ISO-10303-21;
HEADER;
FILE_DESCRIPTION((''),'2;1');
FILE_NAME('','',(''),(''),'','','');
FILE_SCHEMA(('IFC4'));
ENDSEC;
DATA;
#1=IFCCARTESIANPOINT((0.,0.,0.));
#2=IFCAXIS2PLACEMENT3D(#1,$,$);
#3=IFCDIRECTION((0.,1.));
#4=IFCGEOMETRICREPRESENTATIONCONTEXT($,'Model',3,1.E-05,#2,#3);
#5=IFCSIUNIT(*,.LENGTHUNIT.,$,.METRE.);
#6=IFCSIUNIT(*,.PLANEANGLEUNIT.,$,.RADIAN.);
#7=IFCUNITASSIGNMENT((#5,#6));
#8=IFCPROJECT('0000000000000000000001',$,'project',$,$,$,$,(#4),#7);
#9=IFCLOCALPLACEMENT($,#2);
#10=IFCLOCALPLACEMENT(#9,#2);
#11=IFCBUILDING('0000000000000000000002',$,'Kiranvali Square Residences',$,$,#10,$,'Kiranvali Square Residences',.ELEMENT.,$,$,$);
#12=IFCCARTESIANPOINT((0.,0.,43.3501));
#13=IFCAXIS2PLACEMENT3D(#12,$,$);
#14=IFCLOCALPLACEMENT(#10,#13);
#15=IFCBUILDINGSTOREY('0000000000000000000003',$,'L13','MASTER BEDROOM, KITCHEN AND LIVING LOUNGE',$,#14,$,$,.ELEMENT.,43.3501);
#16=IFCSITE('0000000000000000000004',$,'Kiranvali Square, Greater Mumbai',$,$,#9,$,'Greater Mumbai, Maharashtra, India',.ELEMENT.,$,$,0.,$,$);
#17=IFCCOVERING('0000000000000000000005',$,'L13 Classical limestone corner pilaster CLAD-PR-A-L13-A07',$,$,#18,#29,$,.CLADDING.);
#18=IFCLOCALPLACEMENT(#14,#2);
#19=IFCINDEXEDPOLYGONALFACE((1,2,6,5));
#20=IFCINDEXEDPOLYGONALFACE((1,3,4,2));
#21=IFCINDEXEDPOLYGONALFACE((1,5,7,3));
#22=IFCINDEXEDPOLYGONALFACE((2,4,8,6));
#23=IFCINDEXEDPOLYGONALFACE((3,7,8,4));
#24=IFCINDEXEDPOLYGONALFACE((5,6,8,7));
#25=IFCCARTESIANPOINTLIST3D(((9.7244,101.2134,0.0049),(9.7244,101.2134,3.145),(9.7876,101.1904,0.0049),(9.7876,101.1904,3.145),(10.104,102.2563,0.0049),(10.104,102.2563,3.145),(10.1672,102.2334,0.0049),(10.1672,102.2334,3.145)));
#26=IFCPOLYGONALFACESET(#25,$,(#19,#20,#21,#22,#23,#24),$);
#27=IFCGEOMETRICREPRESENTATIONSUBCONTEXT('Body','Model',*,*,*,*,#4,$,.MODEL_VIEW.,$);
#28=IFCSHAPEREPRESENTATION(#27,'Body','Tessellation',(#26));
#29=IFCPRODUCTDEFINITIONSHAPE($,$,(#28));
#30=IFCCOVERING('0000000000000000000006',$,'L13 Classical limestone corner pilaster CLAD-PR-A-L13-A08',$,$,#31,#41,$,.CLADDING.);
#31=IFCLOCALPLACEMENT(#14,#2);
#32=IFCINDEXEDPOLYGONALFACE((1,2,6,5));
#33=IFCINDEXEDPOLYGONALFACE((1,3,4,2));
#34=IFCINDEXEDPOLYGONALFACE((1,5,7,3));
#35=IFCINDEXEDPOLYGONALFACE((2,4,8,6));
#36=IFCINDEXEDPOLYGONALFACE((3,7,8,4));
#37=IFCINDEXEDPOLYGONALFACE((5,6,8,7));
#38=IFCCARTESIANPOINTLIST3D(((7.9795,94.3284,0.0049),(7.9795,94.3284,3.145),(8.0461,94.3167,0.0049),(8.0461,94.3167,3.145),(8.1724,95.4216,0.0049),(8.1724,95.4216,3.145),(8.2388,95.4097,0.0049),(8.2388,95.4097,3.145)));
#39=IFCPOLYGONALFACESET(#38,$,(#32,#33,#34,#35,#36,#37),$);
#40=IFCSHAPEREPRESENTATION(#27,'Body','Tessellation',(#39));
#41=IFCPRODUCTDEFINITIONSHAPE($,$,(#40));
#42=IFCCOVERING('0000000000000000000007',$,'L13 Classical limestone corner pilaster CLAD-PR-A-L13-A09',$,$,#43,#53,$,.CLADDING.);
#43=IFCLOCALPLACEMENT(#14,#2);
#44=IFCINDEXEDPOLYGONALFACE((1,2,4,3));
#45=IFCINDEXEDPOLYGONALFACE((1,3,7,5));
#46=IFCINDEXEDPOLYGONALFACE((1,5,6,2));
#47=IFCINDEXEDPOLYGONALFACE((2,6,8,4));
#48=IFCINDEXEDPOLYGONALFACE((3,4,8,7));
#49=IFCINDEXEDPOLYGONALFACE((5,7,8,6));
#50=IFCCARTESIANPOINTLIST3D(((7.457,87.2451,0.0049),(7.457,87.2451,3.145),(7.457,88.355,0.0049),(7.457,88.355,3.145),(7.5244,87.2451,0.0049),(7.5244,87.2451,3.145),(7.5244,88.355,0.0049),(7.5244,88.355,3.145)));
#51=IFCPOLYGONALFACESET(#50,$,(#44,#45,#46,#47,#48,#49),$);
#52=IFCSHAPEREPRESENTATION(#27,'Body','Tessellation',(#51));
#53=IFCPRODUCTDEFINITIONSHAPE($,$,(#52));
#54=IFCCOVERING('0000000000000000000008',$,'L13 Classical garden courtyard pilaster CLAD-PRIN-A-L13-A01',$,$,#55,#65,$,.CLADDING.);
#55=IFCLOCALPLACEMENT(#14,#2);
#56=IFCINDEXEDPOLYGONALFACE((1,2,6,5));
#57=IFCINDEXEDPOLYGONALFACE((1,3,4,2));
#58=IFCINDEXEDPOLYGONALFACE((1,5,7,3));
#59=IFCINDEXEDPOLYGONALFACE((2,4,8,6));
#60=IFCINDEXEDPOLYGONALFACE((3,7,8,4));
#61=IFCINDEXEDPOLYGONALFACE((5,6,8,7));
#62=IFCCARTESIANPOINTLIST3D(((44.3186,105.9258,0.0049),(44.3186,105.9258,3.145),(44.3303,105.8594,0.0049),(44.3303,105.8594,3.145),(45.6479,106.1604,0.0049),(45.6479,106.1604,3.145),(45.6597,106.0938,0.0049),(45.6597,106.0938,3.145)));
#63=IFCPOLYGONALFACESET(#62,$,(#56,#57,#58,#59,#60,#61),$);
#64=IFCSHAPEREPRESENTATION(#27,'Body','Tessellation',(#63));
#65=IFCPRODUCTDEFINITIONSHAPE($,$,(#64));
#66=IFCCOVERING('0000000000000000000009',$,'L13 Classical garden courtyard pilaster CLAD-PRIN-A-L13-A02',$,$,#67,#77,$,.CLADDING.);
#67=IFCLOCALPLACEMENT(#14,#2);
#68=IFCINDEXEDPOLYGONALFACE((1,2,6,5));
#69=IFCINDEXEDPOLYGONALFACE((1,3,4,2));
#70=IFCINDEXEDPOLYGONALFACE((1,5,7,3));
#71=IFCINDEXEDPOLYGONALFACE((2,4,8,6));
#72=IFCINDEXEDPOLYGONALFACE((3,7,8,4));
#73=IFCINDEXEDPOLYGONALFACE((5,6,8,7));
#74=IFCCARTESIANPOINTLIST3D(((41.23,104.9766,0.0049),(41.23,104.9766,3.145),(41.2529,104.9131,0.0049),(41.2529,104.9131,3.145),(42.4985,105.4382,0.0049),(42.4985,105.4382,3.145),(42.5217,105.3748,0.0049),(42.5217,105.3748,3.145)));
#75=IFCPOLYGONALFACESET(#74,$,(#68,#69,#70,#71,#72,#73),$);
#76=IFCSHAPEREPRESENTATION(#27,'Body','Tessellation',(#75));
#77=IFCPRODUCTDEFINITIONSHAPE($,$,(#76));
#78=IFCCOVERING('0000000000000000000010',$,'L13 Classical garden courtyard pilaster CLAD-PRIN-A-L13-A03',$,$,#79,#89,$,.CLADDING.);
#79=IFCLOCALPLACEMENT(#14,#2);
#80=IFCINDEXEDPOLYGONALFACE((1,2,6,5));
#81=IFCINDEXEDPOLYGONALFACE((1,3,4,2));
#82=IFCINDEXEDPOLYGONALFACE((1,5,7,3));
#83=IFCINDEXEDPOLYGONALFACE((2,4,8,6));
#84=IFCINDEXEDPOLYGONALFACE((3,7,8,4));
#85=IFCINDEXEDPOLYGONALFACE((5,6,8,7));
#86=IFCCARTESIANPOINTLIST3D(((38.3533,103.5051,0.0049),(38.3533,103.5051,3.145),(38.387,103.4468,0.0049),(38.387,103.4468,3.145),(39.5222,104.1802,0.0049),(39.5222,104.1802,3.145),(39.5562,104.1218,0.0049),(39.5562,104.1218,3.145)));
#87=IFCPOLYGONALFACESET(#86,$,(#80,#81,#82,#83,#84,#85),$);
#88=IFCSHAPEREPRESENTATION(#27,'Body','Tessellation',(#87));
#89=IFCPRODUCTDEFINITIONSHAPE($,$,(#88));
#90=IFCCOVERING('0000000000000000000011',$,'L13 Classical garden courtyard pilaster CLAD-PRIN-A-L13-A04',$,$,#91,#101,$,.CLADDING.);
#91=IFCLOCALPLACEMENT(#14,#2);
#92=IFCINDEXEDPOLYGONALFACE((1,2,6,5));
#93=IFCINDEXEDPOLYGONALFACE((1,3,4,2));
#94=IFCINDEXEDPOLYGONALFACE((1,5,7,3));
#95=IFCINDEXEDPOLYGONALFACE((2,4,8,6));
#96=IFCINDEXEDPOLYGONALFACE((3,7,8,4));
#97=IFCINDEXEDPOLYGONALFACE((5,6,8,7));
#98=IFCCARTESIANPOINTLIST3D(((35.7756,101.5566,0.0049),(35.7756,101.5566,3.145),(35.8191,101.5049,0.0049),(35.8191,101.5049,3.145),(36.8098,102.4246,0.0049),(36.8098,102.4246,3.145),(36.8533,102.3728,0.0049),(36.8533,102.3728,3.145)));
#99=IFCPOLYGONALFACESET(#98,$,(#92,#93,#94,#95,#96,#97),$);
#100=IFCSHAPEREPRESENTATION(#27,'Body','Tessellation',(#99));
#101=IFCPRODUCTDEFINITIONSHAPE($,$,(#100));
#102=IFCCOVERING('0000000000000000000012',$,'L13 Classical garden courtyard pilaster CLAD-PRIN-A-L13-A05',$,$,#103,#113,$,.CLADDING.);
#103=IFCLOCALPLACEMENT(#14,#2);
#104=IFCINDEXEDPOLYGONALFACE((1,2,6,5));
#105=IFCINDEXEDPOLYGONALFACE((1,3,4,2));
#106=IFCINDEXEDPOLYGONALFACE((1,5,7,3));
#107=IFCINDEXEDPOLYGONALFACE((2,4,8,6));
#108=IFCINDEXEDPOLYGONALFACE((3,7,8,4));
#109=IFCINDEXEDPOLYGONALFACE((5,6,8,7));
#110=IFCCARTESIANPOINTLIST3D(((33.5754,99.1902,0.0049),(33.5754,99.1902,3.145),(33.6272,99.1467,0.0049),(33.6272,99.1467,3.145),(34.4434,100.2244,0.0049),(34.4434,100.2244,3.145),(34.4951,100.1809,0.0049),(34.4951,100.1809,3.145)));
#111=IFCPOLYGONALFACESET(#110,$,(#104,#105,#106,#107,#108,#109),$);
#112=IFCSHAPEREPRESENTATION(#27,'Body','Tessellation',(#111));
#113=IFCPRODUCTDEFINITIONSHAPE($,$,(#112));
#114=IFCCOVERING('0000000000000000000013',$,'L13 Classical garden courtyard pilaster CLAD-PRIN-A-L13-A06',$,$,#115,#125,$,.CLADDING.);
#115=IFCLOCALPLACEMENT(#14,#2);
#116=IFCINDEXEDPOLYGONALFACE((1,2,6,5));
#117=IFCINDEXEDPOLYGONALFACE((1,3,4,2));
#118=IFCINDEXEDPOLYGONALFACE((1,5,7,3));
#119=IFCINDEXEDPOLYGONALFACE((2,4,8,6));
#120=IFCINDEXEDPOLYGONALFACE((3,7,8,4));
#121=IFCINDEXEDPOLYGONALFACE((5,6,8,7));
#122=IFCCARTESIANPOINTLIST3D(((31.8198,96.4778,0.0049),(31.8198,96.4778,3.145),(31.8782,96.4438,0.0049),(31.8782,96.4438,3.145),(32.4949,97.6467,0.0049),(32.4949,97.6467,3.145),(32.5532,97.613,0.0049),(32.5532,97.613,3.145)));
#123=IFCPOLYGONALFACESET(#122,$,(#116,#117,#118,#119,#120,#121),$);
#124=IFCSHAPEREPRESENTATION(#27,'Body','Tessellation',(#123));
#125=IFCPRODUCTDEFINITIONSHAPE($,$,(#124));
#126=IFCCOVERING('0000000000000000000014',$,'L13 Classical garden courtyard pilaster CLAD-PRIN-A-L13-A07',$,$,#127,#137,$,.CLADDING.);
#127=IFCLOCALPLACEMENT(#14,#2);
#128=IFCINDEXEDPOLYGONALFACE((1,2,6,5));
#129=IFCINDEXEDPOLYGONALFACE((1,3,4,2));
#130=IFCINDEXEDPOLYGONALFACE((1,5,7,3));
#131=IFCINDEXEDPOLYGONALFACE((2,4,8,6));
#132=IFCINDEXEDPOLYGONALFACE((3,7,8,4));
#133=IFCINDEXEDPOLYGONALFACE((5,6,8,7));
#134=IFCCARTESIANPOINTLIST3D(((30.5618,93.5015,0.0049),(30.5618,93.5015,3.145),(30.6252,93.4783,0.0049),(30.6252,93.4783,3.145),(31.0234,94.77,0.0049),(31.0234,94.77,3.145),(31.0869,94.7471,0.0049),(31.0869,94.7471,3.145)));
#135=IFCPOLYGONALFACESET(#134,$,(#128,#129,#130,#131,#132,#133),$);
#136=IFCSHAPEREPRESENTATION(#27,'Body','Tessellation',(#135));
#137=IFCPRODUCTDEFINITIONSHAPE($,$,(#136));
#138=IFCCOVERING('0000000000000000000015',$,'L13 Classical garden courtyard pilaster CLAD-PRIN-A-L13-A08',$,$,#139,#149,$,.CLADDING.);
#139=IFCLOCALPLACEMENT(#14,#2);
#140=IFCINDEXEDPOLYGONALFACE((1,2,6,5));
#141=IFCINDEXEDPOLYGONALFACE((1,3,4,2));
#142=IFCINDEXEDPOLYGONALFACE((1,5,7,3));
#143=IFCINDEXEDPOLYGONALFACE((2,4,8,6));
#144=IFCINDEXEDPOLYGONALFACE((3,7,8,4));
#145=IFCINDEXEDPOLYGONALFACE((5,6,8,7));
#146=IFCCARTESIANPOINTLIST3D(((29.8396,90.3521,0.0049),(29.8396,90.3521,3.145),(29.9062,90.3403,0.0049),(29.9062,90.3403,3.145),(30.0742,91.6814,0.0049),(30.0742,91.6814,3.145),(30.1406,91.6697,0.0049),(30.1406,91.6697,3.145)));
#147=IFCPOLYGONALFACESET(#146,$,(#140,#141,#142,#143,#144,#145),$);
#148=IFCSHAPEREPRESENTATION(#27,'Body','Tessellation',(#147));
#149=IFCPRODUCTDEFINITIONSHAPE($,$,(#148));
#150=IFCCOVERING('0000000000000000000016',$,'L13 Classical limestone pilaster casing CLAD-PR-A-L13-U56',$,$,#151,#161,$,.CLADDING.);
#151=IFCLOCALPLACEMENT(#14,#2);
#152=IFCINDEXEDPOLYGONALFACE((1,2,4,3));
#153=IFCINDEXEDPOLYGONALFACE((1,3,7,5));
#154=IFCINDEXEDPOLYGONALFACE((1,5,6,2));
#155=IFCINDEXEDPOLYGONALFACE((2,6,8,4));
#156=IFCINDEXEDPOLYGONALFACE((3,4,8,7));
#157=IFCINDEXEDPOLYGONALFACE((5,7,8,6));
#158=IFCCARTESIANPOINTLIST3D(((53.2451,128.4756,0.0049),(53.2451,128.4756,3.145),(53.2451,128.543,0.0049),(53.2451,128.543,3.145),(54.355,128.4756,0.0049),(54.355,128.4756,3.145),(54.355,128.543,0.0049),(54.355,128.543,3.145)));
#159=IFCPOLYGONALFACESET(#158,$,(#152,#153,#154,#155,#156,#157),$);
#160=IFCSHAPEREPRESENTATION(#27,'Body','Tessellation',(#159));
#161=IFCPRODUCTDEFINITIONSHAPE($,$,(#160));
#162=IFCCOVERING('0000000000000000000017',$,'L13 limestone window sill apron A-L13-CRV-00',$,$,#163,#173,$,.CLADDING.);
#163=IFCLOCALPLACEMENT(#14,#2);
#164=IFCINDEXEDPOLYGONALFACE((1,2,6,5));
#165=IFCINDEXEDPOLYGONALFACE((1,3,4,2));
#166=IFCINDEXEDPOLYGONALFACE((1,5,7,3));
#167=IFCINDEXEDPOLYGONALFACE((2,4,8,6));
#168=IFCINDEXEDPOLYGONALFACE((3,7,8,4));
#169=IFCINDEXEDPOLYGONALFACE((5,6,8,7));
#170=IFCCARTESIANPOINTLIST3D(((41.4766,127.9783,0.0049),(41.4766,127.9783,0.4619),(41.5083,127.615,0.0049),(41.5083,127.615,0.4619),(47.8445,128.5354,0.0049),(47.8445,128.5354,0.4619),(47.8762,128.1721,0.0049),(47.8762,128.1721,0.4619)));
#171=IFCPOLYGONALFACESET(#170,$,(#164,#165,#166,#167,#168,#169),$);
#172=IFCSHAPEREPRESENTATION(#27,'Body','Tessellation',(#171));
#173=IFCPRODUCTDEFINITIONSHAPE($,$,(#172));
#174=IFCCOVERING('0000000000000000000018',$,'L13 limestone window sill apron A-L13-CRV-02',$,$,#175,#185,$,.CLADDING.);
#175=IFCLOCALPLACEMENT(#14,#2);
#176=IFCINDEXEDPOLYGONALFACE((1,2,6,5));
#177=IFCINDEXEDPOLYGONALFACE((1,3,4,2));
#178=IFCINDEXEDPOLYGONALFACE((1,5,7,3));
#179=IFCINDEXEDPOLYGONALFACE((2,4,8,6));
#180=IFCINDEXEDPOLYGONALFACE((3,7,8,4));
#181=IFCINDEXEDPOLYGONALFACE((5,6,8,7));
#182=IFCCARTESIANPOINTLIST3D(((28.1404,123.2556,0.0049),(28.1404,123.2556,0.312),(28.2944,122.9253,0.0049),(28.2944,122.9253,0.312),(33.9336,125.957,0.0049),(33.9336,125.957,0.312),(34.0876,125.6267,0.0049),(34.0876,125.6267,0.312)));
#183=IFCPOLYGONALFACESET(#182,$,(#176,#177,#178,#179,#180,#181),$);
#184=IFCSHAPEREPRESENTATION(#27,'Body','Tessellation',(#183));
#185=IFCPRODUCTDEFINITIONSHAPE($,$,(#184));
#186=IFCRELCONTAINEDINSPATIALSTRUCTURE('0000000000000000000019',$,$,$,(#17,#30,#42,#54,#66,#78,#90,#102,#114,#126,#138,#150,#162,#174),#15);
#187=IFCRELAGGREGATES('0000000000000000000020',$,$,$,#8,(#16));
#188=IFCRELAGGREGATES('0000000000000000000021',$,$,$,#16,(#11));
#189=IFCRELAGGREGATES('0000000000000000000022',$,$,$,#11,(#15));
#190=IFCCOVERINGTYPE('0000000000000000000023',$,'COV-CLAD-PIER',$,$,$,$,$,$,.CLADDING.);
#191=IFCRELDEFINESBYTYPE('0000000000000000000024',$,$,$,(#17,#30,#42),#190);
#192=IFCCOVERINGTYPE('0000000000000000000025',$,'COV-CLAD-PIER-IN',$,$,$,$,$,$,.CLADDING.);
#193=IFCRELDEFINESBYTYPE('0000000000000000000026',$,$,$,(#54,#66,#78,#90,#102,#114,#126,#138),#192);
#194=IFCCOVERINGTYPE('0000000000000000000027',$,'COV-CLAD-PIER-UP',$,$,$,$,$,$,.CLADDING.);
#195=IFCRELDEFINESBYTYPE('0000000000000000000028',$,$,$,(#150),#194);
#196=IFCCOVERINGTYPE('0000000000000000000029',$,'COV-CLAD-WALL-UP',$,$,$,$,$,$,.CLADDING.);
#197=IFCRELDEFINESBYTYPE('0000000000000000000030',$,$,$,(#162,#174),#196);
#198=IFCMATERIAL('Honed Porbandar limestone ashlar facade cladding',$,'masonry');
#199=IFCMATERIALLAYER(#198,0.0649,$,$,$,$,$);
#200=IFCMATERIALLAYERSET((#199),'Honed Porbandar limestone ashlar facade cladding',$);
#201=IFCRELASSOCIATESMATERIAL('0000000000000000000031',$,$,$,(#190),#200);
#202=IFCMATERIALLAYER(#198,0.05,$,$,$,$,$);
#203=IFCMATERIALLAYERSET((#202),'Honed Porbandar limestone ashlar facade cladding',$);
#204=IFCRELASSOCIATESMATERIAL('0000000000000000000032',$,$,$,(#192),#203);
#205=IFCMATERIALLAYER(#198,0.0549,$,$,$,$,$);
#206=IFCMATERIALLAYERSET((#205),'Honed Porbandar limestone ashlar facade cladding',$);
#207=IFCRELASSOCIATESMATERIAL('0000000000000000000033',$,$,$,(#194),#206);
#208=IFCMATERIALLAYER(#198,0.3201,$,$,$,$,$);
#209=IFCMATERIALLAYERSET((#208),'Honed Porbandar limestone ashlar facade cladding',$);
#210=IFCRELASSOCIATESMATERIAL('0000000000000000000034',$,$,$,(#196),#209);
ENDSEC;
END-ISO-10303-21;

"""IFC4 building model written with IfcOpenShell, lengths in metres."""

from ifc_helpers import new_model, si_unit, direction, frame, origin, place, context, subcontext, project, spatial, polyline, outline, extrude, material, layer, layer_set, type_object, element, save


model = new_model("IFC4")

# Units and contexts
model_context = context("Model", 3, precision=1e-05, world=origin(), true_north=direction((0.0, 1.0)))
body_context = subcontext(model_context, "Body", "Model", "MODEL_VIEW")
ifc_project = project(units=[si_unit("LENGTHUNIT", "METRE"), si_unit("PLANEANGLEUNIT", "RADIAN")], contexts=[model_context])

# Site, building, storey
site_placement = place(None, origin())
site = spatial("IfcSite", under=ifc_project, at=site_placement, Name="Kiranvali Square, Greater Mumbai", LongName="Greater Mumbai, Maharashtra, India", CompositionType="ELEMENT", RefElevation=0.0)
building_placement = place(site_placement, origin())
building = spatial("IfcBuilding", under=site, at=building_placement, Name="Kiranvali Square Residences", LongName="Kiranvali Square Residences", CompositionType="ELEMENT")
storey_placement = place(building_placement, frame((0.0, 0.0, 43.3501)))
storey = spatial("IfcBuildingStorey", under=building, at=storey_placement, Name="L13", Description="MASTER BEDROOM, KITCHEN AND LIVING LOUNGE", CompositionType="ELEMENT", Elevation=43.3501)

# Coverings
ifc_material = material(Name="Honed Porbandar limestone ashlar facade cladding", Category="masonry")
ifc_layer_1 = layer(ifc_material, 0.0649)
ifc_layer_set_1 = layer_set([ifc_layer_1], Name="Honed Porbandar limestone ashlar facade cladding")
covering_type_1 = type_object("IfcCoveringType", Name="COV-CLAD-PIER", PredefinedType="CLADDING", material=ifc_layer_set_1)
covering_1_placement = place(storey_placement, frame((0.0, 0.0, 0.0049)))
element("IfcCovering", 1, at=covering_1_placement, inside=storey, type_object=covering_type_1, Name="L13 Classical limestone corner pilaster CLAD-PR-A-L13-A07", PredefinedType="CLADDING", context=body_context, shape_type="SweptSolid", body=[
    extrude(outline(polyline([(10.104, 102.2563), (9.7244, 101.2134), (9.7876, 101.1904), (10.1672, 102.2334), (10.104, 102.2563)])), origin(), (0.0, 0.0, 1.0), 3.1401),
])
covering_2_placement = place(storey_placement, frame((0.0, 0.0, 0.0049)))
element("IfcCovering", 2, at=covering_2_placement, inside=storey, type_object=covering_type_1, Name="L13 Classical limestone corner pilaster CLAD-PR-A-L13-A08", PredefinedType="CLADDING", context=body_context, shape_type="SweptSolid", body=[
    extrude(outline(polyline([(8.1724, 95.4216), (7.9795, 94.3284), (8.0461, 94.3167), (8.2388, 95.4097), (8.1724, 95.4216)])), origin(), (0.0, 0.0, 1.0), 3.1401),
])
covering_3_placement = place(storey_placement, frame((0.0, 0.0, 0.0049)))
element("IfcCovering", 3, at=covering_3_placement, inside=storey, type_object=covering_type_1, Name="L13 Classical limestone corner pilaster CLAD-PR-A-L13-A09", PredefinedType="CLADDING", context=body_context, shape_type="SweptSolid", body=[
    extrude(outline(polyline([(7.457, 88.355), (7.457, 87.2451), (7.5244, 87.2451), (7.5244, 88.355), (7.457, 88.355)])), origin(), (0.0, 0.0, 1.0), 3.1401),
])
ifc_layer_2 = layer(ifc_material, 0.05)
ifc_layer_set_2 = layer_set([ifc_layer_2], Name="Honed Porbandar limestone ashlar facade cladding")
covering_type_2 = type_object("IfcCoveringType", Name="COV-CLAD-PIER-IN", PredefinedType="CLADDING", material=ifc_layer_set_2)
covering_4_placement = place(storey_placement, frame((0.0, 0.0, 0.0049)))
element("IfcCovering", 4, at=covering_4_placement, inside=storey, type_object=covering_type_2, Name="L13 Classical garden courtyard pilaster CLAD-PRIN-A-L13-A01", PredefinedType="CLADDING", context=body_context, shape_type="SweptSolid", body=[
    extrude(outline(polyline([(44.3303, 105.8594), (45.6597, 106.0938), (45.6479, 106.1604), (44.3186, 105.9258), (44.3303, 105.8594)])), origin(), (0.0, 0.0, 1.0), 3.1401),
])
covering_5_placement = place(storey_placement, frame((0.0, 0.0, 0.0049)))
element("IfcCovering", 5, at=covering_5_placement, inside=storey, type_object=covering_type_2, Name="L13 Classical garden courtyard pilaster CLAD-PRIN-A-L13-A02", PredefinedType="CLADDING", context=body_context, shape_type="SweptSolid", body=[
    extrude(outline(polyline([(41.2529, 104.9131), (42.5217, 105.3748), (42.4985, 105.4382), (41.23, 104.9766), (41.2529, 104.9131)])), origin(), (0.0, 0.0, 1.0), 3.1401),
])
covering_6_placement = place(storey_placement, frame((0.0, 0.0, 0.0049)))
element("IfcCovering", 6, at=covering_6_placement, inside=storey, type_object=covering_type_2, Name="L13 Classical garden courtyard pilaster CLAD-PRIN-A-L13-A03", PredefinedType="CLADDING", context=body_context, shape_type="SweptSolid", body=[
    extrude(outline(polyline([(38.387, 103.4468), (39.5562, 104.1218), (39.5222, 104.1802), (38.3533, 103.5051), (38.387, 103.4468)])), origin(), (0.0, 0.0, 1.0), 3.1401),
])
covering_7_placement = place(storey_placement, frame((0.0, 0.0, 0.0049)))
element("IfcCovering", 7, at=covering_7_placement, inside=storey, type_object=covering_type_2, Name="L13 Classical garden courtyard pilaster CLAD-PRIN-A-L13-A04", PredefinedType="CLADDING", context=body_context, shape_type="SweptSolid", body=[
    extrude(outline(polyline([(35.8191, 101.5049), (36.8533, 102.3728), (36.8098, 102.4246), (35.7756, 101.5566), (35.8191, 101.5049)])), origin(), (0.0, 0.0, 1.0), 3.1401),
])
covering_8_placement = place(storey_placement, frame((0.0, 0.0, 0.0049)))
element("IfcCovering", 8, at=covering_8_placement, inside=storey, type_object=covering_type_2, Name="L13 Classical garden courtyard pilaster CLAD-PRIN-A-L13-A05", PredefinedType="CLADDING", context=body_context, shape_type="SweptSolid", body=[
    extrude(outline(polyline([(33.6272, 99.1467), (34.4951, 100.1809), (34.4434, 100.2244), (33.5754, 99.1902), (33.6272, 99.1467)])), origin(), (0.0, 0.0, 1.0), 3.1401),
])
covering_9_placement = place(storey_placement, frame((0.0, 0.0, 0.0049)))
element("IfcCovering", 9, at=covering_9_placement, inside=storey, type_object=covering_type_2, Name="L13 Classical garden courtyard pilaster CLAD-PRIN-A-L13-A06", PredefinedType="CLADDING", context=body_context, shape_type="SweptSolid", body=[
    extrude(outline(polyline([(31.8782, 96.4438), (32.5532, 97.613), (32.4949, 97.6467), (31.8198, 96.4778), (31.8782, 96.4438)])), origin(), (0.0, 0.0, 1.0), 3.1401),
])
covering_10_placement = place(storey_placement, frame((0.0, 0.0, 0.0049)))
element("IfcCovering", 10, at=covering_10_placement, inside=storey, type_object=covering_type_2, Name="L13 Classical garden courtyard pilaster CLAD-PRIN-A-L13-A07", PredefinedType="CLADDING", context=body_context, shape_type="SweptSolid", body=[
    extrude(outline(polyline([(30.6252, 93.4783), (31.0869, 94.7471), (31.0234, 94.77), (30.5618, 93.5015), (30.6252, 93.4783)])), origin(), (0.0, 0.0, 1.0), 3.1401),
])
covering_11_placement = place(storey_placement, frame((0.0, 0.0, 0.0049)))
element("IfcCovering", 11, at=covering_11_placement, inside=storey, type_object=covering_type_2, Name="L13 Classical garden courtyard pilaster CLAD-PRIN-A-L13-A08", PredefinedType="CLADDING", context=body_context, shape_type="SweptSolid", body=[
    extrude(outline(polyline([(29.9062, 90.3403), (30.1406, 91.6697), (30.0742, 91.6814), (29.8396, 90.3521), (29.9062, 90.3403)])), origin(), (0.0, 0.0, 1.0), 3.1401),
])
ifc_layer_3 = layer(ifc_material, 0.0549)
ifc_layer_set_3 = layer_set([ifc_layer_3], Name="Honed Porbandar limestone ashlar facade cladding")
covering_type_3 = type_object("IfcCoveringType", Name="COV-CLAD-PIER-UP", PredefinedType="CLADDING", material=ifc_layer_set_3)
covering_12_placement = place(storey_placement, frame((0.0, 0.0, 0.0049)))
element("IfcCovering", 12, at=covering_12_placement, inside=storey, type_object=covering_type_3, Name="L13 Classical limestone pilaster casing CLAD-PR-A-L13-U56", PredefinedType="CLADDING", context=body_context, shape_type="SweptSolid", body=[
    extrude(outline(polyline([(53.2451, 128.4756), (54.355, 128.4756), (54.355, 128.543), (53.2451, 128.543), (53.2451, 128.4756)])), origin(), (0.0, 0.0, 1.0), 3.1401),
])
ifc_layer_4 = layer(ifc_material, 0.3201)
ifc_layer_set_4 = layer_set([ifc_layer_4], Name="Honed Porbandar limestone ashlar facade cladding")
covering_type_4 = type_object("IfcCoveringType", Name="COV-CLAD-WALL-UP", PredefinedType="CLADDING", material=ifc_layer_set_4)
covering_13_placement = place(storey_placement, frame((0.0, 0.0, 0.0049)))
element("IfcCovering", 13, at=covering_13_placement, inside=storey, type_object=covering_type_4, Name="L13 limestone window sill apron A-L13-CRV-00", PredefinedType="CLADDING", context=body_context, shape_type="SweptSolid", body=[
    extrude(outline(polyline([(47.8445, 128.5354), (41.4766, 127.9783), (41.5083, 127.615), (47.8762, 128.1721), (47.8445, 128.5354)])), origin(), (0.0, 0.0, 1.0), 0.457),
])
covering_14_placement = place(storey_placement, frame((0.0, 0.0, 0.0049)))
element("IfcCovering", 14, at=covering_14_placement, inside=storey, type_object=covering_type_4, Name="L13 limestone window sill apron A-L13-CRV-02", PredefinedType="CLADDING", context=body_context, shape_type="SweptSolid", body=[
    extrude(outline(polyline([(33.9336, 125.957), (28.1404, 123.2556), (28.2944, 122.9253), (34.0876, 125.6267), (33.9336, 125.957)])), origin(), (0.0, 0.0, 1.0), 0.3071),
])

save(model, "model.ifc")
